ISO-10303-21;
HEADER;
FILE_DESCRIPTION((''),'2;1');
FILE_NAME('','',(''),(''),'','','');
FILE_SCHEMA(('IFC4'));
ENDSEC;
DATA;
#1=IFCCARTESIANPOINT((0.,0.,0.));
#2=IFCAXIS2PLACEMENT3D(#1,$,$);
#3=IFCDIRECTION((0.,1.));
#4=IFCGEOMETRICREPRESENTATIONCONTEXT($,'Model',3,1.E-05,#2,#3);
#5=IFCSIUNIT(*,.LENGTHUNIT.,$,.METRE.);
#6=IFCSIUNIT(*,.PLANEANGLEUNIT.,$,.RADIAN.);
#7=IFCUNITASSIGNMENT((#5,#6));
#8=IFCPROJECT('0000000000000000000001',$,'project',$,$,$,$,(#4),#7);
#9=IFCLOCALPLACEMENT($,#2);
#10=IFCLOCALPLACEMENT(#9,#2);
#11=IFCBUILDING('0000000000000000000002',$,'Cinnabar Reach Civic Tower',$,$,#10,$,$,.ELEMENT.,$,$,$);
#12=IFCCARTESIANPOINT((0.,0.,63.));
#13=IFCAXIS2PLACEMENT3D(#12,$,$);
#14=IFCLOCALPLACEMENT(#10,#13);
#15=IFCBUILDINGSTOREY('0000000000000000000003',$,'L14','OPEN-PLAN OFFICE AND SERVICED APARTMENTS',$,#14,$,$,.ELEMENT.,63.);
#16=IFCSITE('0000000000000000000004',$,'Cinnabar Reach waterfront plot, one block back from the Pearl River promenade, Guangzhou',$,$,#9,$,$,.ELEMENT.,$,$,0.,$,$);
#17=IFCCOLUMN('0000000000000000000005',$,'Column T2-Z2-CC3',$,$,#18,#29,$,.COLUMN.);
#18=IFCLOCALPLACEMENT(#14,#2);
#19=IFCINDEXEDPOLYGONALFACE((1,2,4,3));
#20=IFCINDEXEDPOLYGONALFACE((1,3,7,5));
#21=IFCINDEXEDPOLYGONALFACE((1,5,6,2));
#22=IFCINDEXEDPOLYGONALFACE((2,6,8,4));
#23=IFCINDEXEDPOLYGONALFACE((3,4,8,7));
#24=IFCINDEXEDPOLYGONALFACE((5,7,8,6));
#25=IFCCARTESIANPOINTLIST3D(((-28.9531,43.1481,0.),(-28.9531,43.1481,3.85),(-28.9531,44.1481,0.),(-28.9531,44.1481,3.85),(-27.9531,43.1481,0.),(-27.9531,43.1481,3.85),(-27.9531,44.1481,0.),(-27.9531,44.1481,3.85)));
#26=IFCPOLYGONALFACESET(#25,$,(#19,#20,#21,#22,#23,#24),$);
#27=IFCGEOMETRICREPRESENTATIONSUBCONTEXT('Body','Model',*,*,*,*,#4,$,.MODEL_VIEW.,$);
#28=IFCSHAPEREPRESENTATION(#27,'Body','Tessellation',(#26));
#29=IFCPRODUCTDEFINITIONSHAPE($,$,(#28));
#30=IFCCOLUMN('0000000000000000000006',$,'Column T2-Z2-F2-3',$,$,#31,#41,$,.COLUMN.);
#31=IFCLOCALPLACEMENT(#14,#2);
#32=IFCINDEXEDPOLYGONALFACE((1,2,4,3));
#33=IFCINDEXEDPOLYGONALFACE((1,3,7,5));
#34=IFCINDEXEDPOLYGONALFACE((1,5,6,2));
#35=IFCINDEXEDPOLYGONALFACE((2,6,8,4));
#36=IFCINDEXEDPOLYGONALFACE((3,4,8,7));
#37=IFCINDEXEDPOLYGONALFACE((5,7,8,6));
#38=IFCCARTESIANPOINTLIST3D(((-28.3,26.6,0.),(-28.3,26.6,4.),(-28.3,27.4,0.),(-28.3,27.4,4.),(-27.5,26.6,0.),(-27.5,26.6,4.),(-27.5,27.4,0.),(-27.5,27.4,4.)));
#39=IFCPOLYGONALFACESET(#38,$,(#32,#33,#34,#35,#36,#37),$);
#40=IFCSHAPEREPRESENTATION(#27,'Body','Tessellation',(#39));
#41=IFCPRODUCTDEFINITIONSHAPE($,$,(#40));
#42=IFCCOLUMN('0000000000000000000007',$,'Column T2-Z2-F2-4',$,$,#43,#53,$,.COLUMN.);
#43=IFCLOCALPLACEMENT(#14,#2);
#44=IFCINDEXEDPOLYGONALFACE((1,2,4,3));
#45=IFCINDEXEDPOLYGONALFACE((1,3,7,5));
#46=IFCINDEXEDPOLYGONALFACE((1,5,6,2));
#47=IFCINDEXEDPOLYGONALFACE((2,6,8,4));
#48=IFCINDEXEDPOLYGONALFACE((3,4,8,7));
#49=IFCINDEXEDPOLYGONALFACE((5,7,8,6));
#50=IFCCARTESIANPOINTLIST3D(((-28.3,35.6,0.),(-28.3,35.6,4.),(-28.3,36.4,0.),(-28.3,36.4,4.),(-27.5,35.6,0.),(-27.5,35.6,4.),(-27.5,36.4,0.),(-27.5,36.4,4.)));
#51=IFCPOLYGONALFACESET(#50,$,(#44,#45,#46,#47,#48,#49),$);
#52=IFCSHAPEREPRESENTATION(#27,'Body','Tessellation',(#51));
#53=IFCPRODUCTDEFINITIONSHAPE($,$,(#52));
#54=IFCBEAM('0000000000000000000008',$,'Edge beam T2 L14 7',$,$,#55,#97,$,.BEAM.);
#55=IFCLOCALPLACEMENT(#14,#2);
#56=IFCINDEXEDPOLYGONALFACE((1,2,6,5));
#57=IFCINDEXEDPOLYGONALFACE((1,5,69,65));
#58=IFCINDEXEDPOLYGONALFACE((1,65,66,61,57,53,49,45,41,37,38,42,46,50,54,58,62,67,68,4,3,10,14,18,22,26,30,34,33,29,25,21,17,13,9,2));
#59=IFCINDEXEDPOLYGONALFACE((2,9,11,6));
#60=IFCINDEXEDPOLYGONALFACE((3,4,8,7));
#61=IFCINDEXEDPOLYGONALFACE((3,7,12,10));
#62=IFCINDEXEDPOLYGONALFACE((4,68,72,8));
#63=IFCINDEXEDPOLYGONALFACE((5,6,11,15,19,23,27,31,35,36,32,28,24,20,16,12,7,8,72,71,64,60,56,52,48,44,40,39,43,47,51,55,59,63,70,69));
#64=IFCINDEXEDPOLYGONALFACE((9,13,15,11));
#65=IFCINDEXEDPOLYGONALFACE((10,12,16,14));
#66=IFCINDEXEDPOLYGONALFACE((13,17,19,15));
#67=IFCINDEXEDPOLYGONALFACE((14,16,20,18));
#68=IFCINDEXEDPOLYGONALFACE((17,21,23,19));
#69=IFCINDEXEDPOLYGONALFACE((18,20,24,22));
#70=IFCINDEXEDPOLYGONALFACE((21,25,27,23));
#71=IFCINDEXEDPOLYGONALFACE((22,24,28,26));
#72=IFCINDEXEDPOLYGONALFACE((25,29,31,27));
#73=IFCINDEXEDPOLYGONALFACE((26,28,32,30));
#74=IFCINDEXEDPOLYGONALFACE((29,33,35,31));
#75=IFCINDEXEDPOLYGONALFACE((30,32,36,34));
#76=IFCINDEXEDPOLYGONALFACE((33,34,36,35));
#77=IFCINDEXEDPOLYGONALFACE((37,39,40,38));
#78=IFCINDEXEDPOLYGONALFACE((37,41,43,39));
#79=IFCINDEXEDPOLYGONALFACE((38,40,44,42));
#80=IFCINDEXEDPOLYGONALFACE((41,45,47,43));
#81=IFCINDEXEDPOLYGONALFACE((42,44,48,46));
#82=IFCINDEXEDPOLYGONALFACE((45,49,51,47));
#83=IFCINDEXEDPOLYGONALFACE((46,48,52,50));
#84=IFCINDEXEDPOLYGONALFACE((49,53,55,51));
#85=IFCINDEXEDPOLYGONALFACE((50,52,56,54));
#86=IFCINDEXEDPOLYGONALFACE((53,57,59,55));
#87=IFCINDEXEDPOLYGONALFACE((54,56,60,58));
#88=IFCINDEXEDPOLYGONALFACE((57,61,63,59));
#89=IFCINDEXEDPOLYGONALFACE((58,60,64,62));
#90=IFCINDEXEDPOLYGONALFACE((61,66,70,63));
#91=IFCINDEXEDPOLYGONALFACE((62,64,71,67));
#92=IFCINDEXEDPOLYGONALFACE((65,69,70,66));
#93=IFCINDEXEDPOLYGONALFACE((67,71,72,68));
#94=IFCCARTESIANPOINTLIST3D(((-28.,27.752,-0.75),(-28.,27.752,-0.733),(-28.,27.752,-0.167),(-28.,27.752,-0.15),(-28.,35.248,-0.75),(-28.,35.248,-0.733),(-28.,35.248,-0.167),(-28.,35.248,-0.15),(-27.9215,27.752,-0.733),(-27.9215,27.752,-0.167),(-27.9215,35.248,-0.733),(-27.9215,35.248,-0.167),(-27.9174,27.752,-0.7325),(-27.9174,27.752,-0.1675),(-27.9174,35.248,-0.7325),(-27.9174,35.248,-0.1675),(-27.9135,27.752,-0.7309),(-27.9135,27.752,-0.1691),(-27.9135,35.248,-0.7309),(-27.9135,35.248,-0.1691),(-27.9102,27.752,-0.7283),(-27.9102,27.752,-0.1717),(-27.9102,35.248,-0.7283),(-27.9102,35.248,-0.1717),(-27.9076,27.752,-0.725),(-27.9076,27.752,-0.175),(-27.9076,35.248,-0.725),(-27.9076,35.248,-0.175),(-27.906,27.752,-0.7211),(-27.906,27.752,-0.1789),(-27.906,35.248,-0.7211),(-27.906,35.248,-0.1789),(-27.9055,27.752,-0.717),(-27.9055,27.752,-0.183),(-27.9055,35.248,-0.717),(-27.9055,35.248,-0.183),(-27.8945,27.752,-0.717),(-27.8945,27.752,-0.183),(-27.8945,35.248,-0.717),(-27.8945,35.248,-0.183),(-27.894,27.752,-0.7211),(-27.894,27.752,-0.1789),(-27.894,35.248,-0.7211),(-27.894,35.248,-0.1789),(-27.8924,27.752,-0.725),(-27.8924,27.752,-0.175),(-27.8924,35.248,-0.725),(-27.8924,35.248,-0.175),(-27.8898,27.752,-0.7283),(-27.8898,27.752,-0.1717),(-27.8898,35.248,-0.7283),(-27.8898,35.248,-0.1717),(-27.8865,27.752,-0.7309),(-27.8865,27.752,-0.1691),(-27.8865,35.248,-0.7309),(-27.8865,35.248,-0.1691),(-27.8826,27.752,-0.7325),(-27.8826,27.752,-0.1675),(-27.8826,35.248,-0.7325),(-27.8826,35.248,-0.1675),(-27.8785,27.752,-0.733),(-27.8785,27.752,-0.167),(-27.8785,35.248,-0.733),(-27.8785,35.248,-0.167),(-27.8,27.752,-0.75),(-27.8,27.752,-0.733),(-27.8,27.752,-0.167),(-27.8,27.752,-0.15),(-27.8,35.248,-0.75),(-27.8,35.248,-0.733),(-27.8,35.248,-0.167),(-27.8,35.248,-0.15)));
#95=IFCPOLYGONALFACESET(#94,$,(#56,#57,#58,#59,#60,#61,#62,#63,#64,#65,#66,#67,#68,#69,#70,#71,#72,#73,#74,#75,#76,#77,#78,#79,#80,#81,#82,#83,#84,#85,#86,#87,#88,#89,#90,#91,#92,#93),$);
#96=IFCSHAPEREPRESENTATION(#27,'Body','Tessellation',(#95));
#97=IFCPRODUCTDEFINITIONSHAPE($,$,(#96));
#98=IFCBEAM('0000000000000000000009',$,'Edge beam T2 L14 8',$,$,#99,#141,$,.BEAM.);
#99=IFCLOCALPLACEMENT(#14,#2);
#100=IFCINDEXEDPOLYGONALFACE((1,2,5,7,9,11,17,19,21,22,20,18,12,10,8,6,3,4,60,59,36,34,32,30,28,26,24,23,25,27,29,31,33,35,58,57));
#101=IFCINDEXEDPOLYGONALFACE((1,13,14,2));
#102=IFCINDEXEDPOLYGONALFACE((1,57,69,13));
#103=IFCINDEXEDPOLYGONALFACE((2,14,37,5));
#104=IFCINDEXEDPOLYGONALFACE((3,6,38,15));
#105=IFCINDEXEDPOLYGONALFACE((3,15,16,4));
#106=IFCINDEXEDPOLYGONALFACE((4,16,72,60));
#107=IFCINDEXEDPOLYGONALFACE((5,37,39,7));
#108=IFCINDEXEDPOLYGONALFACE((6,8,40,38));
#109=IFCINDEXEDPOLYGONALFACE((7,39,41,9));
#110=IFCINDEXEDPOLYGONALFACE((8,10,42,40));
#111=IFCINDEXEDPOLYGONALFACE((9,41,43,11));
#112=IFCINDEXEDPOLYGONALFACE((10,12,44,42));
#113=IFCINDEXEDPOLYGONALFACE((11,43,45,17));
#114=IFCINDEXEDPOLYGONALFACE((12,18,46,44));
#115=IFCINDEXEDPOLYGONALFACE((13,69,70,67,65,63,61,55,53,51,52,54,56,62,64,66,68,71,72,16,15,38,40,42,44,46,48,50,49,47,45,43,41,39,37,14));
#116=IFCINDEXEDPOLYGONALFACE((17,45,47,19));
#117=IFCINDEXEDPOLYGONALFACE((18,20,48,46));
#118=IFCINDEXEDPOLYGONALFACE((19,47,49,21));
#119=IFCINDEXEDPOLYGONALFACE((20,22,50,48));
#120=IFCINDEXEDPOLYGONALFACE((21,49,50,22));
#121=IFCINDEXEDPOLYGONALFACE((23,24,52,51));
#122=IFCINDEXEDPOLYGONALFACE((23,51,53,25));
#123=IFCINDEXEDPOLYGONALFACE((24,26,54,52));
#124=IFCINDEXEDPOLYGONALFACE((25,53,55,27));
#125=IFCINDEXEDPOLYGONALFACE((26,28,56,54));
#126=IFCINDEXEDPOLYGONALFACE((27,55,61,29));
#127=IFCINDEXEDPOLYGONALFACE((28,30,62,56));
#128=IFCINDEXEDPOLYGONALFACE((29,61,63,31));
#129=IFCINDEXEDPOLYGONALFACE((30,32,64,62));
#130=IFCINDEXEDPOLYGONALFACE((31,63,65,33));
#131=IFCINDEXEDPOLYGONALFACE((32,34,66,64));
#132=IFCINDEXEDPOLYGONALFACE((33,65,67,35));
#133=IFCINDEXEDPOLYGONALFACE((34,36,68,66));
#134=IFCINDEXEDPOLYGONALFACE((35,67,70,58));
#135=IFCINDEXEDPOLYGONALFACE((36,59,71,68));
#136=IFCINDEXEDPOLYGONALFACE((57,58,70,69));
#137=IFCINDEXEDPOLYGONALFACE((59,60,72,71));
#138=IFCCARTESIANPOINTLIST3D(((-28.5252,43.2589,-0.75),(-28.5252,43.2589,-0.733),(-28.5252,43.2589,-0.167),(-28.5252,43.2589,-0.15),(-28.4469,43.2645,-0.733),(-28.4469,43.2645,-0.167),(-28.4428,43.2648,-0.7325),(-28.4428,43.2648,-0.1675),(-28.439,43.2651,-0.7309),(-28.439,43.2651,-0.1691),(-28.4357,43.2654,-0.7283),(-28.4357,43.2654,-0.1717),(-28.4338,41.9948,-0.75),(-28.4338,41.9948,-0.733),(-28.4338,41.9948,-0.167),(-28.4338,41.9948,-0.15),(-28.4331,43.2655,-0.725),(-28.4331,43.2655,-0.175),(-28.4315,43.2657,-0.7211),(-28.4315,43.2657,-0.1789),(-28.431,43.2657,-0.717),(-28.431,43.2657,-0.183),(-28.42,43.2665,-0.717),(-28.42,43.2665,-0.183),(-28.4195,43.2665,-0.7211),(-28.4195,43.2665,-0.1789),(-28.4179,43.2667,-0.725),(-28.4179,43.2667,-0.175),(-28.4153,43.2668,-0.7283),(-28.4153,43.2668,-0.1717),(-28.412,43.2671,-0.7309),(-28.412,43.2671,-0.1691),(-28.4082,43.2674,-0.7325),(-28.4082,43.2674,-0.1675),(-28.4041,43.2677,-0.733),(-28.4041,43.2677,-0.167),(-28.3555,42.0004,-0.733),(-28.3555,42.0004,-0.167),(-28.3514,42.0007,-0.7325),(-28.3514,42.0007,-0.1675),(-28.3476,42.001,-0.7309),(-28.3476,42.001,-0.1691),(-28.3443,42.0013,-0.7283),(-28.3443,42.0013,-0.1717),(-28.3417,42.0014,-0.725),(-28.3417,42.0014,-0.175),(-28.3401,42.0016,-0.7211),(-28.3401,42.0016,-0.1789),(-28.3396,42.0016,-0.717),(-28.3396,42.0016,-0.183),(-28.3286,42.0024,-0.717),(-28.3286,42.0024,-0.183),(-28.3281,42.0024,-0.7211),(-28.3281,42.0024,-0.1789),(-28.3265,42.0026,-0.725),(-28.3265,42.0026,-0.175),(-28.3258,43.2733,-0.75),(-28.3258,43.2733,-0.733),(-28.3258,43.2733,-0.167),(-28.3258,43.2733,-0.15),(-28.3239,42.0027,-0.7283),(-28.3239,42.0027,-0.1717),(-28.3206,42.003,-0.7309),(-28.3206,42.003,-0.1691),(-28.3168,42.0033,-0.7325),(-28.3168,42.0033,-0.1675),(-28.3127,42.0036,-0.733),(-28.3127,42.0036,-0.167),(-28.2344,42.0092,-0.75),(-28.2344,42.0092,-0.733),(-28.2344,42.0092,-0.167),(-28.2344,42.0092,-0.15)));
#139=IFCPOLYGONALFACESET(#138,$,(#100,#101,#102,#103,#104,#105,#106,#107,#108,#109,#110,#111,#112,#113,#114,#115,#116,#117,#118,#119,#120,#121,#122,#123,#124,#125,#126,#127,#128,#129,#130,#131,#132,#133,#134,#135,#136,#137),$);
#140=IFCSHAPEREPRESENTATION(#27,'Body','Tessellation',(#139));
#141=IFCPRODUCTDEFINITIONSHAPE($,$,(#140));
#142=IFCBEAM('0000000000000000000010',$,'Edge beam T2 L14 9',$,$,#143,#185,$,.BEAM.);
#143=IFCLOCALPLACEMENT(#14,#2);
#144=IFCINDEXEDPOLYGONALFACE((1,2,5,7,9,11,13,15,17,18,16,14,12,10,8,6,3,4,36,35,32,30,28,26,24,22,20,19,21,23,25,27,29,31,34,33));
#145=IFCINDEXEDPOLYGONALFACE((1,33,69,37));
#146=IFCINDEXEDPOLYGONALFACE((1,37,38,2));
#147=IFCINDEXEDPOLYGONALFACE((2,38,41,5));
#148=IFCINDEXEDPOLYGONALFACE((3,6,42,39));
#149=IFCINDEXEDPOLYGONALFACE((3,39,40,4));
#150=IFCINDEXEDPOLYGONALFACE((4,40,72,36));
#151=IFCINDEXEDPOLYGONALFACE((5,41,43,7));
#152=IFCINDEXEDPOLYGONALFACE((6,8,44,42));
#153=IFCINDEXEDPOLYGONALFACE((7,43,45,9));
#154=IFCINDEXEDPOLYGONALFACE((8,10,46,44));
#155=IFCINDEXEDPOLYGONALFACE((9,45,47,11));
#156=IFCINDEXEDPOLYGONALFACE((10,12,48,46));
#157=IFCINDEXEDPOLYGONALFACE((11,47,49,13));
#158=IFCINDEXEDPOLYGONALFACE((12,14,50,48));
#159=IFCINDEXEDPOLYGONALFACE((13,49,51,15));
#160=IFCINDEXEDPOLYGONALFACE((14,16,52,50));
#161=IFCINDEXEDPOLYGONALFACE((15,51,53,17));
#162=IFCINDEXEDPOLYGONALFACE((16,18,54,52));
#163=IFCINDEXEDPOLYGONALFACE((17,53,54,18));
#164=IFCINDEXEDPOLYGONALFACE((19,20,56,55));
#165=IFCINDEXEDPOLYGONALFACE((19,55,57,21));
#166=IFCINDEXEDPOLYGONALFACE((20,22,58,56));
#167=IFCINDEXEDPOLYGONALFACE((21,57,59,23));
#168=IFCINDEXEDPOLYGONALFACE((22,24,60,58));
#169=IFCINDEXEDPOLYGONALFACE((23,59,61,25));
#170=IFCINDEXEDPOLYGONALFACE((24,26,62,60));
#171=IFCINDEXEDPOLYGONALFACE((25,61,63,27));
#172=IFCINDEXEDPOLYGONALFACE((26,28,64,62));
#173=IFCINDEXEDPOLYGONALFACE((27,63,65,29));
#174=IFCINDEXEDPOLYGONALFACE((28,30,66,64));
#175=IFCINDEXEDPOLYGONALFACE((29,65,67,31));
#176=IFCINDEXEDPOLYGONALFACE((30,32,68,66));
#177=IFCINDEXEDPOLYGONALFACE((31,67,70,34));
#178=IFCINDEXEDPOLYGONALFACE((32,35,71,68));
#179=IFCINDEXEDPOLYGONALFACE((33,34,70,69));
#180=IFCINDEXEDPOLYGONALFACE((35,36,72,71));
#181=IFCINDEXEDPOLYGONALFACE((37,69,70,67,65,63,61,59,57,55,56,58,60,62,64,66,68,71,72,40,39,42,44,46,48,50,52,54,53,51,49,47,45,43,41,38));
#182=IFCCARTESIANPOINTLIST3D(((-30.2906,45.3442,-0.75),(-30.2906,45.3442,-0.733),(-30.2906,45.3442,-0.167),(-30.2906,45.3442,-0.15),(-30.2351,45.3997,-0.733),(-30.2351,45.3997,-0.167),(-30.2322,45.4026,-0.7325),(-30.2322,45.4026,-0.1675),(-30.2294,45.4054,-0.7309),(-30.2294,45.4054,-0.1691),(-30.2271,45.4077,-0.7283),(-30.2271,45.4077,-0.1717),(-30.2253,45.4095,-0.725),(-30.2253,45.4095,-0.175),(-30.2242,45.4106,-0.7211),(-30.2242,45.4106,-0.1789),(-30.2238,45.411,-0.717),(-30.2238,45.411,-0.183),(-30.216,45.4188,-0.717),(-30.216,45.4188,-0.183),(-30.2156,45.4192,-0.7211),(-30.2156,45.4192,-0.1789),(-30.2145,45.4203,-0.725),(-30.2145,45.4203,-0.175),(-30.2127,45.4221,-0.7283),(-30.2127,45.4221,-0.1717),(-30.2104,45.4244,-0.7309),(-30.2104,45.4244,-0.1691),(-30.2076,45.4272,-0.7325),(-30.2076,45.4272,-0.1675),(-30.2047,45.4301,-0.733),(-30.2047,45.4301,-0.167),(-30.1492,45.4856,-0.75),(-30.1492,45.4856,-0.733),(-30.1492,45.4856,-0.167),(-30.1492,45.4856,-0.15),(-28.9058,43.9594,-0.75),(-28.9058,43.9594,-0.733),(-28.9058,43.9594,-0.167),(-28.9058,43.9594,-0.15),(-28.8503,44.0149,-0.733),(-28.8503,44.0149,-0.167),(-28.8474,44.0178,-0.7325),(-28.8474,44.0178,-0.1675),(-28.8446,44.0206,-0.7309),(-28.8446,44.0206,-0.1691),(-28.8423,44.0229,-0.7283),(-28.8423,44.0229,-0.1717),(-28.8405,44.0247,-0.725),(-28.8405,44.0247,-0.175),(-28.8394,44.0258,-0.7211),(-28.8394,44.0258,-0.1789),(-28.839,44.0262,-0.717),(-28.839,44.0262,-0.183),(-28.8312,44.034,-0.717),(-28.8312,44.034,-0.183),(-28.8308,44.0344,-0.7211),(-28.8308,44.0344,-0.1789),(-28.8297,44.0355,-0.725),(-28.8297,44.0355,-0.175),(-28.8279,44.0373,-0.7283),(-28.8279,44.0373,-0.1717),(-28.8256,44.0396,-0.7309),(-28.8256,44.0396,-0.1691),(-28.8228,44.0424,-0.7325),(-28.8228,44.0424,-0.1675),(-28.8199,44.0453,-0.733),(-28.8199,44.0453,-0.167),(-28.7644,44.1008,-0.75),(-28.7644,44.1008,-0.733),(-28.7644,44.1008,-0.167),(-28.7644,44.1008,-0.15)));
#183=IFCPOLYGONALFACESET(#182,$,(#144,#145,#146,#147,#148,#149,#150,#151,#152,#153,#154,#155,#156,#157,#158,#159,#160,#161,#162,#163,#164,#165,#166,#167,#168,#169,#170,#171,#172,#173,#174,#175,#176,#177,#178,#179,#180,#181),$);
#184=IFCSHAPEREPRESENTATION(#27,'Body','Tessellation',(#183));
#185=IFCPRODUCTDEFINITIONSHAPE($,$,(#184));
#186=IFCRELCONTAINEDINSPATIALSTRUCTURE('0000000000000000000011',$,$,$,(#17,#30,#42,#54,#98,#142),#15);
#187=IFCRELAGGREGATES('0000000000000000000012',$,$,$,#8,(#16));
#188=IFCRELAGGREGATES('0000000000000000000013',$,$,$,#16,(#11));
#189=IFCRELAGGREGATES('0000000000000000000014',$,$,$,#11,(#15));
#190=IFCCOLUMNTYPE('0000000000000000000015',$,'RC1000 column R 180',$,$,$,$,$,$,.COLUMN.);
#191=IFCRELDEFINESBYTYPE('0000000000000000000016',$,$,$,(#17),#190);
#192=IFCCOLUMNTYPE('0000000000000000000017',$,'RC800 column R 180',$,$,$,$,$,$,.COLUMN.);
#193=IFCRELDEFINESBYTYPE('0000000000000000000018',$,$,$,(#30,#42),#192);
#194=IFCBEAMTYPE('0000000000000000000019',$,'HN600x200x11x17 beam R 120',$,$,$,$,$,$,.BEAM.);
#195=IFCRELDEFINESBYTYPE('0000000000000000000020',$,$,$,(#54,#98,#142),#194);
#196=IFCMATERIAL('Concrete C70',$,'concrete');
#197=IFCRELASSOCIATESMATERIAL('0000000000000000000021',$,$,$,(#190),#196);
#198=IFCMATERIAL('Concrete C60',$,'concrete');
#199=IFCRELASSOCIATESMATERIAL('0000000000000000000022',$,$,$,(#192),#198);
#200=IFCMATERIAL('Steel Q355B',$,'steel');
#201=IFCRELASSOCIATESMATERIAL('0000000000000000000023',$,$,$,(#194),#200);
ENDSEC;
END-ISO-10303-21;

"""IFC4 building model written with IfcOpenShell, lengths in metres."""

from ifc_helpers import new_model, si_unit, direction, frame, origin, origin_2d, place, context, subcontext, project, spatial, rectangle, i_section, extrude, material, material_profile, profile_set, type_object, element, save


model = new_model("IFC4")

# Units and contexts
model_context = context("Model", 3, precision=1e-05, world=origin(), true_north=direction((0.0, 1.0)))
body_context = subcontext(model_context, "Body", "Model", "MODEL_VIEW")
ifc_project = project(units=[si_unit("LENGTHUNIT", "METRE"), si_unit("PLANEANGLEUNIT", "RADIAN")], contexts=[model_context])

# Site, building, storey
site_placement = place(None, origin())
site = spatial("IfcSite", under=ifc_project, at=site_placement, Name="Cinnabar Reach waterfront plot, one block back from the Pearl River promenade, Guangzhou", CompositionType="ELEMENT", RefElevation=0.0)
building_placement = place(site_placement, origin())
building = spatial("IfcBuilding", under=site, at=building_placement, Name="Cinnabar Reach Civic Tower", CompositionType="ELEMENT")
storey_placement = place(building_placement, frame((0.0, 0.0, 63.0)))
storey = spatial("IfcBuildingStorey", under=building, at=storey_placement, Name="L14", Description="OPEN-PLAN OFFICE AND SERVICED APARTMENTS", CompositionType="ELEMENT", Elevation=63.0)

# Columns
ifc_material_1 = material(Name="Concrete C70", Category="concrete")
ifc_material_profile_1 = material_profile(ifc_material_1, rectangle(XDim=1.0, YDim=1.0, at=origin_2d()), Name="RC1000")
ifc_profile_set_1 = profile_set([ifc_material_profile_1], Name="Concrete C70")
column_type_1 = type_object("IfcColumnType", Name="RC1000 column R 180", PredefinedType="COLUMN", material=ifc_profile_set_1)
column_placement = place(storey_placement, frame((-28.4531, 43.6481, 0.0), z_axis=(0.0, 0.0, 1.0), x_axis=(1.0, 0.0, 0.0)))
element("IfcColumn", 1, at=column_placement, inside=storey, type_object=column_type_1, Name="Column T2-Z2-CC3", PredefinedType="COLUMN", context=body_context, shape_type="SweptSolid", body=[
    extrude(rectangle(XDim=1.0, YDim=1.0, at=origin_2d()), origin(), (0.0, 0.0, 1.0), 3.85),
])
ifc_material_2 = material(Name="Concrete C60", Category="concrete")
ifc_material_profile_2 = material_profile(ifc_material_2, rectangle(XDim=0.8, YDim=0.8, at=origin_2d()), Name="RC800")
ifc_profile_set_2 = profile_set([ifc_material_profile_2], Name="Concrete C60")
column_type_2 = type_object("IfcColumnType", Name="RC800 column R 180", PredefinedType="COLUMN", material=ifc_profile_set_2)
for number, where, z_axis, x_axis, name in (
    (2, (-27.9, 27.0, 0.0), (0.0, 0.0, 1.0), (1.0, 0.0, 0.0), "Column T2-Z2-F2-3"),
    (3, (-27.9, 36.0, 0.0), (0.0, 0.0, 1.0), (1.0, 0.0, 0.0), "Column T2-Z2-F2-4"),
):
    element("IfcColumn", number, at=place(storey_placement, frame(where, z_axis=z_axis, x_axis=x_axis)), inside=storey, type_object=column_type_2, Name=name, PredefinedType="COLUMN", context=body_context, shape_type="SweptSolid", body=[
        extrude(rectangle(XDim=0.8, YDim=0.8, at=origin_2d()), origin(), (0.0, 0.0, 1.0), 4.0),
    ])

# Beams
ifc_material_3 = material(Name="Steel Q355B", Category="steel")
ifc_material_profile_3 = material_profile(ifc_material_3, i_section(OverallWidth=0.2, OverallDepth=0.6, WebThickness=0.011, FlangeThickness=0.017, FilletRadius=0.016, at=origin_2d()), Name="HN600x200x11x17")
ifc_profile_set_3 = profile_set([ifc_material_profile_3], Name="Steel Q355B")
beam_type = type_object("IfcBeamType", Name="HN600x200x11x17 beam R 120", PredefinedType="BEAM", material=ifc_profile_set_3)
beam_1_placement = place(storey_placement, frame((-27.9, 27.752, -0.45), z_axis=(0.0, 1.0, 0.0), x_axis=(-1.0, 0.0, 0.0)))
element("IfcBeam", 4, at=beam_1_placement, inside=storey, type_object=beam_type, Name="Edge beam T2 L14 7", PredefinedType="BEAM", context=body_context, shape_type="SweptSolid", body=[
    extrude(i_section(OverallWidth=0.2, OverallDepth=0.6, WebThickness=0.011, FlangeThickness=0.017, FilletRadius=0.016, at=origin_2d()), origin(), (0.0, 0.0, 1.0), 7.496),
])
beam_2_placement = place(storey_placement, frame((-28.3341, 42.002, -0.45), z_axis=(-0.072116, 0.997396, 0.0), x_axis=(-0.997396, -0.072116, 0.0)))
element("IfcBeam", 5, at=beam_2_placement, inside=storey, type_object=beam_type, Name="Edge beam T2 L14 8", PredefinedType="BEAM", context=body_context, shape_type="SweptSolid", body=[
    extrude(i_section(OverallWidth=0.2, OverallDepth=0.6, WebThickness=0.011, FlangeThickness=0.017, FilletRadius=0.016, at=origin_2d()), origin(), (0.0, 0.0, 1.0), 1.2674),
])
beam_3_placement = place(storey_placement, frame((-28.8351, 44.0301, -0.45), z_axis=(-0.707107, 0.707107, 0.0), x_axis=(-0.707107, -0.707107, 0.0)))
element("IfcBeam", 6, at=beam_3_placement, inside=storey, type_object=beam_type, Name="Edge beam T2 L14 9", PredefinedType="BEAM", context=body_context, shape_type="SweptSolid", body=[
    extrude(i_section(OverallWidth=0.2, OverallDepth=0.6, WebThickness=0.011, FlangeThickness=0.017, FilletRadius=0.016, at=origin_2d()), origin(), (0.0, 0.0, 1.0), 1.9584),
])

save(model, "model.ifc")
